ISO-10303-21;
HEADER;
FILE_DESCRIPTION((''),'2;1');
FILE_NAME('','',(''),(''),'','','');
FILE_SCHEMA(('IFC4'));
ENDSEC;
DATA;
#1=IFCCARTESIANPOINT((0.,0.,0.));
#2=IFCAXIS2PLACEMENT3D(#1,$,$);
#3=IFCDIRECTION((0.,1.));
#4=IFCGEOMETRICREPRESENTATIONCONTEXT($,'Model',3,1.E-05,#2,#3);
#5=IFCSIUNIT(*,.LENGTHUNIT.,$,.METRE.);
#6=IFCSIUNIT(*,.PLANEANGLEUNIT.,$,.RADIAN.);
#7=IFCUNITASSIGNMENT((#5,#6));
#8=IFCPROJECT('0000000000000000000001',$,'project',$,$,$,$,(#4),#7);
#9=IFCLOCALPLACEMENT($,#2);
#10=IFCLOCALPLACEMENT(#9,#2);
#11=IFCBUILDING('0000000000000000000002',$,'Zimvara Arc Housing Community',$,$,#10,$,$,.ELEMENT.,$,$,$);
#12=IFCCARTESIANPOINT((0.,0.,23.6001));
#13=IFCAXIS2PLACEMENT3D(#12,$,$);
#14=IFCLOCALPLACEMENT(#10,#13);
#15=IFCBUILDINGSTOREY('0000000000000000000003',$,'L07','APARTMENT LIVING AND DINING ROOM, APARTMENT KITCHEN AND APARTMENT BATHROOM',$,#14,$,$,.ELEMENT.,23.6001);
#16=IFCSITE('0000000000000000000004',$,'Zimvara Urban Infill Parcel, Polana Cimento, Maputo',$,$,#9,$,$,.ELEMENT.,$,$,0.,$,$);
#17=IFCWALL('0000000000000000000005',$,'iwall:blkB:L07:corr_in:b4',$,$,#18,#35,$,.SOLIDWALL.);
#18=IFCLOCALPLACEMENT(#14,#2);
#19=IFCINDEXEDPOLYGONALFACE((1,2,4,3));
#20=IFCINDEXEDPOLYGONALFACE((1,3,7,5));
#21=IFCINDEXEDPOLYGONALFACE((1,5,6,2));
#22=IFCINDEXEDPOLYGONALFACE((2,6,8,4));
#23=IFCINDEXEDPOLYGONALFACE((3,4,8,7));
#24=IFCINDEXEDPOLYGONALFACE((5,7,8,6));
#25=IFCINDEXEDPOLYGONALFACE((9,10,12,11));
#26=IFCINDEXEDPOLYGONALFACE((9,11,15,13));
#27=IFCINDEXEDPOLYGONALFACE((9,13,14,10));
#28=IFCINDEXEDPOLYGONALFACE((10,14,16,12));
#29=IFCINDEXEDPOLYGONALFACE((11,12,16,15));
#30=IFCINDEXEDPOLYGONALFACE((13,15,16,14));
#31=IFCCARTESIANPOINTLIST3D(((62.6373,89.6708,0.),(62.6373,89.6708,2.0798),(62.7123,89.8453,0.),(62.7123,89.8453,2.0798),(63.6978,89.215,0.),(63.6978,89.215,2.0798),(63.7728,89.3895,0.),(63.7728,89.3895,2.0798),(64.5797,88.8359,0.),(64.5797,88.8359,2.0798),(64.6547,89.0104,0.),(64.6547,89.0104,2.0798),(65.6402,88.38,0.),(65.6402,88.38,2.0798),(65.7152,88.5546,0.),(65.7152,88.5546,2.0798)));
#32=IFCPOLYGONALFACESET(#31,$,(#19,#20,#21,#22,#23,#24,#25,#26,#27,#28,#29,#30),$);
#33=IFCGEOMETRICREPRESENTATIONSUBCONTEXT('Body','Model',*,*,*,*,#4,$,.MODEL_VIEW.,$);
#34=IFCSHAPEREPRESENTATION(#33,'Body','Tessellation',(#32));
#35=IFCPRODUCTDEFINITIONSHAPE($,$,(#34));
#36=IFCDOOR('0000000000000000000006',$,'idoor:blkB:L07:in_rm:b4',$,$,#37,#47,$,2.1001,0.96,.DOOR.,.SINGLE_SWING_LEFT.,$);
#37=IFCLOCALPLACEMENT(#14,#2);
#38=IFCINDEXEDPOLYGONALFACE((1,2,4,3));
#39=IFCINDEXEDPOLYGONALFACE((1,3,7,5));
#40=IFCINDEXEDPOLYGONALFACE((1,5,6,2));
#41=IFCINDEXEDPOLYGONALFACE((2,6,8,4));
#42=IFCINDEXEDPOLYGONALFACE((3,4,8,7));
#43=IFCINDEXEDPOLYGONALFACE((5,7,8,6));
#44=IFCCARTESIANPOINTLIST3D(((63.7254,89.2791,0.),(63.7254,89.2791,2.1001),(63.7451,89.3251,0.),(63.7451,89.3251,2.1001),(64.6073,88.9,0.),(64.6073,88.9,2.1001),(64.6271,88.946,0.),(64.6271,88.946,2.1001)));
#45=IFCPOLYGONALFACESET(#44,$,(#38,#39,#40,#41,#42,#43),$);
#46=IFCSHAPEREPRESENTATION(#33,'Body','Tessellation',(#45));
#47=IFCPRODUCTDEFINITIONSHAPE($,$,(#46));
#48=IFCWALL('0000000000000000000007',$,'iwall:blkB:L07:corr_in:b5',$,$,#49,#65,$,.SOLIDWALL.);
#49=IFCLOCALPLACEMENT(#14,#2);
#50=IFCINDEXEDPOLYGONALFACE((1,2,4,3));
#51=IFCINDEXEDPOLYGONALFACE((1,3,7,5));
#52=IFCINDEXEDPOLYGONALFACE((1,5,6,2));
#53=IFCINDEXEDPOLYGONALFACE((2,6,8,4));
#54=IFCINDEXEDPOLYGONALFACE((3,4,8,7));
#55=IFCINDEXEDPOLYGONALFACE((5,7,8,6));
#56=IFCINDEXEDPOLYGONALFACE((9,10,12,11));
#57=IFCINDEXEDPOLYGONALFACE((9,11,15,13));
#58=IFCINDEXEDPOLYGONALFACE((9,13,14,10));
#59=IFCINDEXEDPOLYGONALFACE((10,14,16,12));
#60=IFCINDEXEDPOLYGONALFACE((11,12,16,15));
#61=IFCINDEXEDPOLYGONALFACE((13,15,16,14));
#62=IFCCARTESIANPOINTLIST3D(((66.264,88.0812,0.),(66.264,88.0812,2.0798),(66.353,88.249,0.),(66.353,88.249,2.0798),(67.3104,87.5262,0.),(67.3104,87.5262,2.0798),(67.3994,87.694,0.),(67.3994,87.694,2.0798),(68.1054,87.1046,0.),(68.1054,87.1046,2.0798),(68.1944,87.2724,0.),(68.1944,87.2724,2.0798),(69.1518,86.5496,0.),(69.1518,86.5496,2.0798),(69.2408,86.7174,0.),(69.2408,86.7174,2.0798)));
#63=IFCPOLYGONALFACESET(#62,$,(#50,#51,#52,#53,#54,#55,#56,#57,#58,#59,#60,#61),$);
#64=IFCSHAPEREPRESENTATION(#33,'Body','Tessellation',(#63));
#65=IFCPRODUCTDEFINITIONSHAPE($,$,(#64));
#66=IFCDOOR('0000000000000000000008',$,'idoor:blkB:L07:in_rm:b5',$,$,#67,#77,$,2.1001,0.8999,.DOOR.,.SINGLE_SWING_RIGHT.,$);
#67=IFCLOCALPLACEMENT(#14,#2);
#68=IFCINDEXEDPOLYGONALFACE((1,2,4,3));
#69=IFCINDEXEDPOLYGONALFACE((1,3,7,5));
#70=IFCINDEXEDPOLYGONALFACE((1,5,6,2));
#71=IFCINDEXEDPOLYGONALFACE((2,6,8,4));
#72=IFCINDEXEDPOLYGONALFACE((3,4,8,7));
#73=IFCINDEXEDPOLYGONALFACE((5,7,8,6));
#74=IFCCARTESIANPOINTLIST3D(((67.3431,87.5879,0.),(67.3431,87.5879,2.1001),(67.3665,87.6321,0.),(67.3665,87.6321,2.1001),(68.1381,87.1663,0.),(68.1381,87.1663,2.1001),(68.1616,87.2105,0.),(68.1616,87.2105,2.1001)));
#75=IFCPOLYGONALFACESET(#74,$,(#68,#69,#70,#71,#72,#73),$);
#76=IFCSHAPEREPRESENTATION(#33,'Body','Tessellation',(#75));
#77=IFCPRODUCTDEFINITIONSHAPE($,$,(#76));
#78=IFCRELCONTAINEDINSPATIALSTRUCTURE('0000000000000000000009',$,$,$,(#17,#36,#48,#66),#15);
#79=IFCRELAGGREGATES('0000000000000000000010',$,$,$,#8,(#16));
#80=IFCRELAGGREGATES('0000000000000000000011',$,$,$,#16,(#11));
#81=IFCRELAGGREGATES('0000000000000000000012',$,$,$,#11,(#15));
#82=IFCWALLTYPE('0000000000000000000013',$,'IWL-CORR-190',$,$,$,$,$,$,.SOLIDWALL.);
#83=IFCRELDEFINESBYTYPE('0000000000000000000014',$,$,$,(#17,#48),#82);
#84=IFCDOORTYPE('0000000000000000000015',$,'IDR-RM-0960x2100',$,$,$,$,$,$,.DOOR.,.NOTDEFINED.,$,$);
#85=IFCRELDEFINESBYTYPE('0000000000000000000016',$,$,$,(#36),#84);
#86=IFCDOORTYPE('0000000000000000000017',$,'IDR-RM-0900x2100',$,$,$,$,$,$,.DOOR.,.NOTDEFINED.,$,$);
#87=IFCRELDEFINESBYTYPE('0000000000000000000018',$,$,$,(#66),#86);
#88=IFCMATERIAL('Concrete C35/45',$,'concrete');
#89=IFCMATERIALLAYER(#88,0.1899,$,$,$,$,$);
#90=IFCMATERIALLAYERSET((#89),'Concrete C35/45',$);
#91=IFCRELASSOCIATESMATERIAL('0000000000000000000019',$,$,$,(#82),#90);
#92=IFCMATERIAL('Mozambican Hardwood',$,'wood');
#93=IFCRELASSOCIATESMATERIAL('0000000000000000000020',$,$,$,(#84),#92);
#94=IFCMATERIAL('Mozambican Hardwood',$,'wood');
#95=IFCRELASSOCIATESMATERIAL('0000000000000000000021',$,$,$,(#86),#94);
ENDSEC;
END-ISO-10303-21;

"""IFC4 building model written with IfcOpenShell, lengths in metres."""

from ifc_helpers import new_model, si_unit, direction, frame, frame_2d, origin, place, context, subcontext, project, spatial, rectangle, extrude, material, layer, layer_set, type_object, element, fill, save


model = new_model("IFC4")

# Units and contexts
model_context = context("Model", 3, precision=1e-05, world=origin(), true_north=direction((0.0, 1.0)))
body_context = subcontext(model_context, "Body", "Model", "MODEL_VIEW")
ifc_project = project(units=[si_unit("LENGTHUNIT", "METRE"), si_unit("PLANEANGLEUNIT", "RADIAN")], contexts=[model_context])

# Site, building, storey
site_placement = place(None, origin())
site = spatial("IfcSite", under=ifc_project, at=site_placement, Name="Zimvara Urban Infill Parcel, Polana Cimento, Maputo", CompositionType="ELEMENT", RefElevation=0.0)
building_placement = place(site_placement, origin())
building = spatial("IfcBuilding", under=site, at=building_placement, Name="Zimvara Arc Housing Community", CompositionType="ELEMENT")
storey_placement = place(building_placement, frame((0.0, 0.0, 23.6001)))
storey = spatial("IfcBuildingStorey", under=building, at=storey_placement, Name="L07", Description="APARTMENT LIVING AND DINING ROOM, APARTMENT KITCHEN AND APARTMENT BATHROOM", CompositionType="ELEMENT", Elevation=23.6001)

# Walls, openings, doors
ifc_material_1 = material(Name="Concrete C35/45", Category="concrete")
ifc_layer = layer(ifc_material_1, 0.1899)
ifc_layer_set = layer_set([ifc_layer], Name="Concrete C35/45")
wall_type = type_object("IfcWallType", Name="IWL-CORR-190", PredefinedType="SOLIDWALL", material=ifc_layer_set)
wall_1_placement = place(storey_placement, frame((62.6748, 89.7581, 0.0), z_axis=(0.0, 0.0, 1.0), x_axis=(0.918723, -0.394902, 0.0)))
wall_1 = element("IfcWall", 1, at=wall_1_placement, inside=storey, type_object=wall_type, Name="iwall:blkB:L07:corr_in:b4", PredefinedType="SOLIDWALL", context=body_context, shape_type="SweptSolid", body=[
    extrude(rectangle(XDim=3.2686, YDim=0.1899, at=frame_2d((1.6343, 0.0))), origin(), (0.0, 0.0, 1.0), 2.0798),
])
opening_1_placement = place(wall_1_placement, frame((1.1543, 0.0, 0.0)))
opening_1 = element("IfcOpeningElement", 2, at=opening_1_placement, cuts=wall_1, PredefinedType="OPENING", context=body_context, shape_type="SweptSolid", body=[
    extrude(rectangle(XDim=0.96, YDim=2.1001, at=frame_2d((0.48, 1.05))), frame((0.0, 0.105, 0.0), z_axis=(0.0, -1.0, 0.0), x_axis=(1.0, 0.0, 0.0)), (0.0, 0.0, 1.0), 0.21),
])
ifc_material_2 = material(Name="Mozambican Hardwood", Category="wood")
door_type_1 = type_object("IfcDoorType", Name="IDR-RM-0960x2100", OperationType="NOTDEFINED", PredefinedType="DOOR", material=ifc_material_2)
door_1_placement = place(opening_1_placement, origin())
door_1 = element("IfcDoor", 3, at=door_1_placement, inside=storey, type_object=door_type_1, Name="idoor:blkB:L07:in_rm:b4", OperationType="SINGLE_SWING_LEFT", OverallHeight=2.1001, OverallWidth=0.96, PredefinedType="DOOR", context=body_context, shape_type="SweptSolid", body=[
    extrude(rectangle(XDim=0.96, YDim=2.1001, at=frame_2d((0.48, 1.05))), frame((0.0, 0.0249, 0.0), z_axis=(0.0, -1.0, 0.0), x_axis=(1.0, 0.0, 0.0)), (0.0, 0.0, 1.0), 0.05),
])
fill(opening_1, door_1)
wall_2_placement = place(storey_placement, frame((66.3086, 88.165, 0.0), z_axis=(0.0, 0.0, 1.0), x_axis=(0.883444, -0.468536, 0.0)))
wall_2 = element("IfcWall", 4, at=wall_2_placement, inside=storey, type_object=wall_type, Name="iwall:blkB:L07:corr_in:b5", PredefinedType="SOLIDWALL", context=body_context, shape_type="SweptSolid", body=[
    extrude(rectangle(XDim=3.2688, YDim=0.1899, at=frame_2d((1.6343, 0.0))), origin(), (0.0, 0.0, 1.0), 2.0798),
])
opening_2_placement = place(wall_2_placement, frame((1.1843, 0.0, 0.0)))
opening_2 = element("IfcOpeningElement", 5, at=opening_2_placement, cuts=wall_2, PredefinedType="OPENING", context=body_context, shape_type="SweptSolid", body=[
    extrude(rectangle(XDim=0.8999, YDim=2.1001, at=frame_2d((0.45, 1.05))), frame((0.0, 0.105, 0.0), z_axis=(0.0, -1.0, 0.0), x_axis=(1.0, 0.0, 0.0)), (0.0, 0.0, 1.0), 0.21),
])
ifc_material_3 = material(Name="Mozambican Hardwood", Category="wood")
door_type_2 = type_object("IfcDoorType", Name="IDR-RM-0900x2100", OperationType="NOTDEFINED", PredefinedType="DOOR", material=ifc_material_3)
door_2_placement = place(opening_2_placement, origin())
door_2 = element("IfcDoor", 6, at=door_2_placement, inside=storey, type_object=door_type_2, Name="idoor:blkB:L07:in_rm:b5", OperationType="SINGLE_SWING_RIGHT", OverallHeight=2.1001, OverallWidth=0.8999, PredefinedType="DOOR", context=body_context, shape_type="SweptSolid", body=[
    extrude(rectangle(XDim=0.8999, YDim=2.1001, at=frame_2d((0.45, 1.05))), frame((0.0, 0.0249, 0.0), z_axis=(0.0, -1.0, 0.0), x_axis=(1.0, 0.0, 0.0)), (0.0, 0.0, 1.0), 0.05),
])
fill(opening_2, door_2)

save(model, "model.ifc")
